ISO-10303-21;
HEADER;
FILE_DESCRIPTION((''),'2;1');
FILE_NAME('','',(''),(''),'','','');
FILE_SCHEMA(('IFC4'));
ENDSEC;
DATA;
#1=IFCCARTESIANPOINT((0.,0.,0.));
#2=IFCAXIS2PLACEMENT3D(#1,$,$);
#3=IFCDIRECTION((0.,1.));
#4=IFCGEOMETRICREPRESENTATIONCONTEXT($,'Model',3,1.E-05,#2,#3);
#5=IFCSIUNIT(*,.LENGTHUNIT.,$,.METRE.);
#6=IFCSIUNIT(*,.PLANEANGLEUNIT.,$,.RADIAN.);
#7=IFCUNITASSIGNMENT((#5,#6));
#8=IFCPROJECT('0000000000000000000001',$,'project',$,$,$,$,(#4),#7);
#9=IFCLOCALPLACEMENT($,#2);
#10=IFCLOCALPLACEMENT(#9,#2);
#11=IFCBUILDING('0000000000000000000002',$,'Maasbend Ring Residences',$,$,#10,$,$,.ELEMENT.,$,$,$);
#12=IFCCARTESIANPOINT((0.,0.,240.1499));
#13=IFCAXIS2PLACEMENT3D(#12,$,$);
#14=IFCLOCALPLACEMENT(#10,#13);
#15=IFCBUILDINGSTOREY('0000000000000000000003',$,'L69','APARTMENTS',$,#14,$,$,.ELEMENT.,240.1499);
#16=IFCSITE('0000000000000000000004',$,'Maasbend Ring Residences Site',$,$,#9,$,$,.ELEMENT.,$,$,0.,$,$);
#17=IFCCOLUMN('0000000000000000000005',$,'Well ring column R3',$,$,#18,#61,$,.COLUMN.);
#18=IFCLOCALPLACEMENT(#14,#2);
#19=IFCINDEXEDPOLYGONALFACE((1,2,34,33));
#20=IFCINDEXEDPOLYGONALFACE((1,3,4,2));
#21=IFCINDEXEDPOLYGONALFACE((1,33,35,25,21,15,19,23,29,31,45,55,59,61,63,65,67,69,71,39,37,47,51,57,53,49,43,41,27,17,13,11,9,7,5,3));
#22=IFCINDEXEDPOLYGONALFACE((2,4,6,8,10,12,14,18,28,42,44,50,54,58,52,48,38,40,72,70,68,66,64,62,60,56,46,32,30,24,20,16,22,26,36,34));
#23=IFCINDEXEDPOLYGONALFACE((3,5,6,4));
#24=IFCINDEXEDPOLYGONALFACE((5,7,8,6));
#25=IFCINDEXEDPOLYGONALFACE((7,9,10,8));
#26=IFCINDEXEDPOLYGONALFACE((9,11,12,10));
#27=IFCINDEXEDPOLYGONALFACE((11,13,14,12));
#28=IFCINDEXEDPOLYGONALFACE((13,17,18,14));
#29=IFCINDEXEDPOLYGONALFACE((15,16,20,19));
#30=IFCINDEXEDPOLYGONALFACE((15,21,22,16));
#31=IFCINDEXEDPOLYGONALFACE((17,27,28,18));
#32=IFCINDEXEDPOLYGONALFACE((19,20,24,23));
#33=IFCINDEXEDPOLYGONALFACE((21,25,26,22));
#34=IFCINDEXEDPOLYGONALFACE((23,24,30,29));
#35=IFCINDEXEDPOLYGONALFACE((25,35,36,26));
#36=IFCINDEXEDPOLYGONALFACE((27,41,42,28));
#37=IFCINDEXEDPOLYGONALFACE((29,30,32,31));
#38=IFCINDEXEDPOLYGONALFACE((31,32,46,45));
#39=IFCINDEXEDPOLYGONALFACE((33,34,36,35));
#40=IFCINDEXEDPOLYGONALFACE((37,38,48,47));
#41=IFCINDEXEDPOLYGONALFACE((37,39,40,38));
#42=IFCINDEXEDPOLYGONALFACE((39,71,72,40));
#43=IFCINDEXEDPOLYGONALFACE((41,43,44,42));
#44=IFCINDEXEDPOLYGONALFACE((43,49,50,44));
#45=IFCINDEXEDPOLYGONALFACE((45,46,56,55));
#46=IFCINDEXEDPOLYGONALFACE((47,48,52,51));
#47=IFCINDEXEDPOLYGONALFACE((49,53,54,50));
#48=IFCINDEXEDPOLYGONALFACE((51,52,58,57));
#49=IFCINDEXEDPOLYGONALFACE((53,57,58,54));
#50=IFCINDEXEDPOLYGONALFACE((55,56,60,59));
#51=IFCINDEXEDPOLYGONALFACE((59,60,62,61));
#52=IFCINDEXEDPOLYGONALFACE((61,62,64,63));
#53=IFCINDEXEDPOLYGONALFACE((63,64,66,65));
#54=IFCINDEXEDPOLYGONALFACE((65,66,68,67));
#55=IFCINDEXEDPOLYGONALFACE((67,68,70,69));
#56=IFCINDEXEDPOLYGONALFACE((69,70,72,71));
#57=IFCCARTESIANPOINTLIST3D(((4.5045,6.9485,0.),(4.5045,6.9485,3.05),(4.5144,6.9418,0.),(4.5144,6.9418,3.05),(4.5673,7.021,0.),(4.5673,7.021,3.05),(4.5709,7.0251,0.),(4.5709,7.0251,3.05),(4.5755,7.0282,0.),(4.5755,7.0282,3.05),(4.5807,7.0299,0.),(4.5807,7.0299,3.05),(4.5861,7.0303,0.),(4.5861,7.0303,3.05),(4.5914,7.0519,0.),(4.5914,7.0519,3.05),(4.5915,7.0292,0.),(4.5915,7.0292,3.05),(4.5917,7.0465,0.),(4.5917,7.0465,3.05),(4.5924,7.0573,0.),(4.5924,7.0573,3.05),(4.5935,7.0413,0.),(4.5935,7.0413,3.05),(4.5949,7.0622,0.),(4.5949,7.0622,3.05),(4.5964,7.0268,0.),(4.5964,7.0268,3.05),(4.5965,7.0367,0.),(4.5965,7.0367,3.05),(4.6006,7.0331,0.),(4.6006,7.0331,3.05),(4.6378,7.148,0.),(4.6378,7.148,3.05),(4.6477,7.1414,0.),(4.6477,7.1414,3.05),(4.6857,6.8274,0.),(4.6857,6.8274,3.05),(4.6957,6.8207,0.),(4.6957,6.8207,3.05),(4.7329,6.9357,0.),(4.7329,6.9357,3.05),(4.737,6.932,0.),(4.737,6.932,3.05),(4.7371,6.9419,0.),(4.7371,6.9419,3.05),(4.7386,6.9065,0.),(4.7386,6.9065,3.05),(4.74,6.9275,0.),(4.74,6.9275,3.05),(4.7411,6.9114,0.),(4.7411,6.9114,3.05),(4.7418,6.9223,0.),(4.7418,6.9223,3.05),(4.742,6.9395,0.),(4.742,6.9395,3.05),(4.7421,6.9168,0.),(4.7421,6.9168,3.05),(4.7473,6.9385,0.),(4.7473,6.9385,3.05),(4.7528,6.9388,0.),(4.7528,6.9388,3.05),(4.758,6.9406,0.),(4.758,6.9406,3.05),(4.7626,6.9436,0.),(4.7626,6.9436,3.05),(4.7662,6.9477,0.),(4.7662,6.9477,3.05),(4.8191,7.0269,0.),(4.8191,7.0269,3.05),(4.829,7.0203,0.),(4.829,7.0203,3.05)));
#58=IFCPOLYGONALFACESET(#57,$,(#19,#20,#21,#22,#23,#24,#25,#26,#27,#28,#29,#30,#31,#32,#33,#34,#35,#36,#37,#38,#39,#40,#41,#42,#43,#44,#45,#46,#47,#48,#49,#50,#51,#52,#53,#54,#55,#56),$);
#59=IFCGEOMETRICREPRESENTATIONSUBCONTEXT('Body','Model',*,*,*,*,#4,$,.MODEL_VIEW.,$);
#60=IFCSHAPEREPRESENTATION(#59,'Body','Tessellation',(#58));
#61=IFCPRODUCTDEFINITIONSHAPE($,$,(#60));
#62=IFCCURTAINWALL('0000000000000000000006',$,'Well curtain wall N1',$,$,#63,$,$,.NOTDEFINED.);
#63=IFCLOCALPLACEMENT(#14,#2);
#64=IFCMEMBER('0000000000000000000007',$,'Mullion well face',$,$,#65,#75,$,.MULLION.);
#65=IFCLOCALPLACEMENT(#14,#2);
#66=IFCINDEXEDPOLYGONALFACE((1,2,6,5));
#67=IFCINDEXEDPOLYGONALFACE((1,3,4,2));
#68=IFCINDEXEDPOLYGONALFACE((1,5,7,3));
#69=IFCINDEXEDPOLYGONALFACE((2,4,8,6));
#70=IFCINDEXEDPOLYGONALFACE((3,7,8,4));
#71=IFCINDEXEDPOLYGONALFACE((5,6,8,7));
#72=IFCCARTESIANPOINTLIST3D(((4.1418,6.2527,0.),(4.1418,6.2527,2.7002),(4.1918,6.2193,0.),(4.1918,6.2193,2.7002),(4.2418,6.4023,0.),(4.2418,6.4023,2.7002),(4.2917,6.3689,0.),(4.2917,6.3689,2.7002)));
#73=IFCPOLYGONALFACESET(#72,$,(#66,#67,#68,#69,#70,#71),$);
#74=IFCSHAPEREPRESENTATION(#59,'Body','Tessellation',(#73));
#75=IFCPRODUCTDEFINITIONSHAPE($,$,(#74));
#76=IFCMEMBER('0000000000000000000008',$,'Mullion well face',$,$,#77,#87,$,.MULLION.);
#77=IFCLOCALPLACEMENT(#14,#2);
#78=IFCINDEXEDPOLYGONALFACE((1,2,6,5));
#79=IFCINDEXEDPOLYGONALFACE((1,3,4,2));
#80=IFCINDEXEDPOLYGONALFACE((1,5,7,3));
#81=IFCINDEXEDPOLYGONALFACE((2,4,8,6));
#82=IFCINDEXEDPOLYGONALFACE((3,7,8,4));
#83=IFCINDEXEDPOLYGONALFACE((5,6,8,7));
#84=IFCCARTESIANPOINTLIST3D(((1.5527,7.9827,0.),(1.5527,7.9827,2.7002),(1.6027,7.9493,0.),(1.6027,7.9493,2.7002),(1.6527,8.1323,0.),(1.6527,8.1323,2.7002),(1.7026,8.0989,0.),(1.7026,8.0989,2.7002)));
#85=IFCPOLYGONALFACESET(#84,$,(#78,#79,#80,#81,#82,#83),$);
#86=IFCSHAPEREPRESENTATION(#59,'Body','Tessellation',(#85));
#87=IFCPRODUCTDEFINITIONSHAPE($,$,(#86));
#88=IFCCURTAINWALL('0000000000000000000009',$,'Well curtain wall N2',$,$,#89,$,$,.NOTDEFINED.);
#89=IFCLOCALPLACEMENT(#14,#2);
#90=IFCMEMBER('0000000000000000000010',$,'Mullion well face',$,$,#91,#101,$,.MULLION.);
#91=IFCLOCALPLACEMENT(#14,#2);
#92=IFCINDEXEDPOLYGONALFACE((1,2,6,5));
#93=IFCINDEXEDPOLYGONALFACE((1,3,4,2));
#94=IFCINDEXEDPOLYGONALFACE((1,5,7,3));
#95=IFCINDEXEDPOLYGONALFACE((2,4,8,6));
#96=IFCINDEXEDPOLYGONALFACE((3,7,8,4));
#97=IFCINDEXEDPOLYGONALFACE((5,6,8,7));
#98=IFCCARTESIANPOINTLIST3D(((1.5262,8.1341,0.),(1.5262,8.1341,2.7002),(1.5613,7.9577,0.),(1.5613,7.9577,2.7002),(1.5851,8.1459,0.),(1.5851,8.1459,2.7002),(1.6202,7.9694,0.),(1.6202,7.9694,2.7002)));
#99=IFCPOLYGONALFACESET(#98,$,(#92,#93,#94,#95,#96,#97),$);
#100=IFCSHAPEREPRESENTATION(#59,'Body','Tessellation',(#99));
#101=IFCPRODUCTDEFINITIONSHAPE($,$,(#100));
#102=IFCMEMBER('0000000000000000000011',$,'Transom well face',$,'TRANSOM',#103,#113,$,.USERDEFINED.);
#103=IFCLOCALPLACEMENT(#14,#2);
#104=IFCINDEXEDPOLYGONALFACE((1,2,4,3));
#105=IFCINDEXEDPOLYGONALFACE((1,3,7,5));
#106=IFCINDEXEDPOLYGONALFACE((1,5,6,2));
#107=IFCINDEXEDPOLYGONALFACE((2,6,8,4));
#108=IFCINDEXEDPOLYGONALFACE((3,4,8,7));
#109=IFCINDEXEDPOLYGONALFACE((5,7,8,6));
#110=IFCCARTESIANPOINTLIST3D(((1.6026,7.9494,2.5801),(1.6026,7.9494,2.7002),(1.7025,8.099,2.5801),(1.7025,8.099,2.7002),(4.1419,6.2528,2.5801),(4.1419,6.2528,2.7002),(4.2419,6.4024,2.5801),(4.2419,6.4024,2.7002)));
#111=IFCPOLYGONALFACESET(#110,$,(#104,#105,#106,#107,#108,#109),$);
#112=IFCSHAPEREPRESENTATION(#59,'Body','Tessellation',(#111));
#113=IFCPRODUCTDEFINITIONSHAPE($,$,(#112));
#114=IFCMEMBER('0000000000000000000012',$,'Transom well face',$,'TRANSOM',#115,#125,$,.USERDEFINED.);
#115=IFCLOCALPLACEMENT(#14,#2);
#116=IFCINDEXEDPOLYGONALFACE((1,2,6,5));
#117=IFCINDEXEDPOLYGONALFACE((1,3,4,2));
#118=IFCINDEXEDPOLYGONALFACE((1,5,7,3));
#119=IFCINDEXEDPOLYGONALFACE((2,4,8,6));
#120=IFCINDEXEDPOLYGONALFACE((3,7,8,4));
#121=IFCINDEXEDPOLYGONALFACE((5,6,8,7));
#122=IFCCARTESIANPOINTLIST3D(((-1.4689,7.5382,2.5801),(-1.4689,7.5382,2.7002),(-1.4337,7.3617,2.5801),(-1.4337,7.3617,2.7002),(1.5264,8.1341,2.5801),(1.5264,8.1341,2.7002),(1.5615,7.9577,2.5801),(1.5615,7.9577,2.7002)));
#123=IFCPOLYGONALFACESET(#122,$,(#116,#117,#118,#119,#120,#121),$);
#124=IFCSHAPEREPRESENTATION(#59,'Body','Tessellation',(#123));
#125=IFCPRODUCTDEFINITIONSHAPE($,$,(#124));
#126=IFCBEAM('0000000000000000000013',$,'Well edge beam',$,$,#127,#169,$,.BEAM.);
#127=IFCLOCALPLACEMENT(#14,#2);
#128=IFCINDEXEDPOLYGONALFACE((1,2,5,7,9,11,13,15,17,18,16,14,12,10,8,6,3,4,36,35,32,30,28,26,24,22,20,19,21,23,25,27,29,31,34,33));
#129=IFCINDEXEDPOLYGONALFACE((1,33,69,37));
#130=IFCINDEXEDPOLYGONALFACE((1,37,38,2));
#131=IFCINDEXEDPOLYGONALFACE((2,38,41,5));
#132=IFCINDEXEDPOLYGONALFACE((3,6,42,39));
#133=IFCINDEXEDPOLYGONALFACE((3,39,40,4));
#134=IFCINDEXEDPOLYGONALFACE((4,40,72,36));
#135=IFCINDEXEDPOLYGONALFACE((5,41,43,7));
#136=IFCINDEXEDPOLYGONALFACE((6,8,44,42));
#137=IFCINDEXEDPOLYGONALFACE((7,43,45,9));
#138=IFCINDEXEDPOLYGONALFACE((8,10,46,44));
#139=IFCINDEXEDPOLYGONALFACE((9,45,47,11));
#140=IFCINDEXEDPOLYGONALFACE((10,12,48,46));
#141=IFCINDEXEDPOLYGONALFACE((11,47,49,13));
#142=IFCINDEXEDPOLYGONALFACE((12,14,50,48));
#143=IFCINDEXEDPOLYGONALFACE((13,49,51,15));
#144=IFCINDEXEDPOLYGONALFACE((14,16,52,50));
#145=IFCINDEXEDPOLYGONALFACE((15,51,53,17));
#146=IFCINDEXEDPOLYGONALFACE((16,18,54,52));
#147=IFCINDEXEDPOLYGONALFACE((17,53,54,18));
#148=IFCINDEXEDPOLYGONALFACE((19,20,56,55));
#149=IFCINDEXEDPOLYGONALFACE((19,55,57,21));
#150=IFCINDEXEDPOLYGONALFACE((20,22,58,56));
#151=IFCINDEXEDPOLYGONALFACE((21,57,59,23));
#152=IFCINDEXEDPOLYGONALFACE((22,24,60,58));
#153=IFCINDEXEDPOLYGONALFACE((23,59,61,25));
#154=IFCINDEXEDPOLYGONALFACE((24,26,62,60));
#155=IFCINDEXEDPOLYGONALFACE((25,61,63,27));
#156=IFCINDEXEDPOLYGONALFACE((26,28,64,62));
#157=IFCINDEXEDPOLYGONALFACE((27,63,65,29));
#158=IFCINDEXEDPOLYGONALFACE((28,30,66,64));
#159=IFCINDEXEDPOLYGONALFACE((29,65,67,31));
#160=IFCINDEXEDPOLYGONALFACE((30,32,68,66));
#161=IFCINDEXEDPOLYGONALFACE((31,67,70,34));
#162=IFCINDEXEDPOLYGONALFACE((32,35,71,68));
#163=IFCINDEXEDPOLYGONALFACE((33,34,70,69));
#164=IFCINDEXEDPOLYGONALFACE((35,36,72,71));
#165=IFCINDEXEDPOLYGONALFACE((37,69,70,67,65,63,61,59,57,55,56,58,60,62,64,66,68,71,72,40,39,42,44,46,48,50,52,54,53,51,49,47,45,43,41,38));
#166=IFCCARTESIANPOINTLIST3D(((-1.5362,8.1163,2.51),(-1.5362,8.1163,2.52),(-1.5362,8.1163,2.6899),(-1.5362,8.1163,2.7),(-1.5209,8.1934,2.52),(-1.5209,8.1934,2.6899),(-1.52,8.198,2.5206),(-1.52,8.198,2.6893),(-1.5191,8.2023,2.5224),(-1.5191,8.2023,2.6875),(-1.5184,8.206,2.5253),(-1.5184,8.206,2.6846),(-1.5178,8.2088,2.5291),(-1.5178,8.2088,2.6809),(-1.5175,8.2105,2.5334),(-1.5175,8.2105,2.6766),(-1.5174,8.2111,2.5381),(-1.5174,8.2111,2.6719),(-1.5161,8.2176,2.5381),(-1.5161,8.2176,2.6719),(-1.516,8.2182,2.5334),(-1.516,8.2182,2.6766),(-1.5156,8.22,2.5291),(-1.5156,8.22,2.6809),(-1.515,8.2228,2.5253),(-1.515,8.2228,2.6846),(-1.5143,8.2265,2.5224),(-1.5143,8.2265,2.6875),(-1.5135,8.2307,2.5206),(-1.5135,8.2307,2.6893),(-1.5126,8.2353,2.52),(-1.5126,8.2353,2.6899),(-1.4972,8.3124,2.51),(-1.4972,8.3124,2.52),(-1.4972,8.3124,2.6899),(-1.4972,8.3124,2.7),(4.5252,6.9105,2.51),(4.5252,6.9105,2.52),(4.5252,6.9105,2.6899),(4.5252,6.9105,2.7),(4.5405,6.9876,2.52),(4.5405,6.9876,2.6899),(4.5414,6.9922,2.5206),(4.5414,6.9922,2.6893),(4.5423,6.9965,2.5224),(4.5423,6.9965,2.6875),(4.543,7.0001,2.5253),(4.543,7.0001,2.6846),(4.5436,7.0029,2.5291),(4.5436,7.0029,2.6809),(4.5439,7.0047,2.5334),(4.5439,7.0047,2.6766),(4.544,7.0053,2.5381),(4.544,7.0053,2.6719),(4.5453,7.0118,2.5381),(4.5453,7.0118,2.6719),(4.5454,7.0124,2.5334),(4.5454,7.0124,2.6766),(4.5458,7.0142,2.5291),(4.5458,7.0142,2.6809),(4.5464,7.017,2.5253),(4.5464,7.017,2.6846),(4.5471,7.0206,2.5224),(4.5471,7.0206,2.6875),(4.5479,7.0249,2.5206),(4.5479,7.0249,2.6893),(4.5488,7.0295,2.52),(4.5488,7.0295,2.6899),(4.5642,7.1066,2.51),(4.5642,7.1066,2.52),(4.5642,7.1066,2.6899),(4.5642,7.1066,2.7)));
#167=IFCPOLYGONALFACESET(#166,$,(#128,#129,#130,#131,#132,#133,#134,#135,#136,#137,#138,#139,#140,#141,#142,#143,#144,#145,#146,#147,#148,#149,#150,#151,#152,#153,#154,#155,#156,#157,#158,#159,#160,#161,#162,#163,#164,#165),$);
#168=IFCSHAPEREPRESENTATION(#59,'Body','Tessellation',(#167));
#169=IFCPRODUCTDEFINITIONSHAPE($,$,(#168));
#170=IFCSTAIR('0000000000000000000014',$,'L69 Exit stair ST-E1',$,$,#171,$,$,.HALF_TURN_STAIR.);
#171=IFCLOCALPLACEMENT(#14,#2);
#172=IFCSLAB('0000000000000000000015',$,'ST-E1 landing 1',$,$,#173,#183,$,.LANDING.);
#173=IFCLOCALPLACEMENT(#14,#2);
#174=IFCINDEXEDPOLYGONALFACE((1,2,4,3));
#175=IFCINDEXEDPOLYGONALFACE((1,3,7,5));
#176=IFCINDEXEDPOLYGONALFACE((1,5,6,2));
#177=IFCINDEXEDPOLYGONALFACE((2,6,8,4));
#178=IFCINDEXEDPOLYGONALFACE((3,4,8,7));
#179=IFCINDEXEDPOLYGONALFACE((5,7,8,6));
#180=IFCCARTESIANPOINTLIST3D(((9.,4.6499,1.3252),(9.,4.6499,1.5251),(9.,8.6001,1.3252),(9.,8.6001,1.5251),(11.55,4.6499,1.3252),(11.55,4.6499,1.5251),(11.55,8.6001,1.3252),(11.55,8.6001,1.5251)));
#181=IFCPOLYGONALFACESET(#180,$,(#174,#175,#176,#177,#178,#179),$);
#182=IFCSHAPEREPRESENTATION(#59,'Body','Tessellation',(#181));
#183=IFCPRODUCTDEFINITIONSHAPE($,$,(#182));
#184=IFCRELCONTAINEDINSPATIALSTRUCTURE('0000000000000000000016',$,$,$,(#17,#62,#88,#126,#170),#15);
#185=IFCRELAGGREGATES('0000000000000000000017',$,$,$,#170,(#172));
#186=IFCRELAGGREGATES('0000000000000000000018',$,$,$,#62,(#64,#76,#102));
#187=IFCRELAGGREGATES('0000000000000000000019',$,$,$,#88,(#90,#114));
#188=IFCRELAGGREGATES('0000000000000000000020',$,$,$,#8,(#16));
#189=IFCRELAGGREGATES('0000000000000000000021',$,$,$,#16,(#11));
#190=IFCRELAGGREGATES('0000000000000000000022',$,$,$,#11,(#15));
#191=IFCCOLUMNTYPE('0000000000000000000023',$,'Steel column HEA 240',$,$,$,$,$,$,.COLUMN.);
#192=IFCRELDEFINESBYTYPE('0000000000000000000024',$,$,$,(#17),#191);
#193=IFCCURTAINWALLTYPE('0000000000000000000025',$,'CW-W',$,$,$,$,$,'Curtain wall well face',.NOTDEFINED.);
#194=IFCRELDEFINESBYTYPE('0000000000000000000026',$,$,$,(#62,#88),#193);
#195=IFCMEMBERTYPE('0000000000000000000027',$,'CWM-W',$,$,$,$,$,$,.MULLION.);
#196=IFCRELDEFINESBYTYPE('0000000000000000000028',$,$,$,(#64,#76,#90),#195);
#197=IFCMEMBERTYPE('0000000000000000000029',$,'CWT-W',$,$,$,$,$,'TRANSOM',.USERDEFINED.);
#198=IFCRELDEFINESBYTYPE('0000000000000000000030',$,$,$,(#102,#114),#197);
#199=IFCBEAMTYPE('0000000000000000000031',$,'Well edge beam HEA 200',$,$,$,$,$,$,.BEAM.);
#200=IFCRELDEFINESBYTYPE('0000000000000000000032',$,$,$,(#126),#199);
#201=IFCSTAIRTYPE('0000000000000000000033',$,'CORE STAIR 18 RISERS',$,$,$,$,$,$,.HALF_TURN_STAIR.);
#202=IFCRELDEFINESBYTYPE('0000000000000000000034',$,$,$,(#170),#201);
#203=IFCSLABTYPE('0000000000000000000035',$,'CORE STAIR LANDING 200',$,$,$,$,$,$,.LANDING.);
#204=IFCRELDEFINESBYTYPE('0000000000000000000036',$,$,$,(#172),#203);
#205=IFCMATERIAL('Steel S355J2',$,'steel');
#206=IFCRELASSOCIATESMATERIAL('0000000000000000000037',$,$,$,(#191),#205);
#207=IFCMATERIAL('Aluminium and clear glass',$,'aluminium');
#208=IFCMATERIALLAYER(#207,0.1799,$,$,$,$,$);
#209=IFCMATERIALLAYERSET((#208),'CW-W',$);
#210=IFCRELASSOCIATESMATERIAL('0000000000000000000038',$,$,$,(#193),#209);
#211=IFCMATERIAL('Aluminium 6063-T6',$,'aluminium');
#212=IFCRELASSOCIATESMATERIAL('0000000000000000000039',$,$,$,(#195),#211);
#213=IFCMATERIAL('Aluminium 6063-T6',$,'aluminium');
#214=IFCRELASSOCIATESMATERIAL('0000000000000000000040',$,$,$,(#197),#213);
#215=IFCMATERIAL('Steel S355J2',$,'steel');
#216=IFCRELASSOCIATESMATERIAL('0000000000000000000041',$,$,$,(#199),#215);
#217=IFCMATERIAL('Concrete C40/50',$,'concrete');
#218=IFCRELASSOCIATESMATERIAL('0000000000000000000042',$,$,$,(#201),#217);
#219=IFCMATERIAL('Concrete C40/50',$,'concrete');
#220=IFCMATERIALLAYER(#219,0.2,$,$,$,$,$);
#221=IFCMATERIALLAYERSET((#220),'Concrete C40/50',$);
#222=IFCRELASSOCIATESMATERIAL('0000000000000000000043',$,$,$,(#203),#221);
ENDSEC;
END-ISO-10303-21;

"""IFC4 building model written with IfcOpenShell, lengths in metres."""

from ifc_helpers import new_model, si_unit, direction, frame, origin, origin_2d, place, context, subcontext, project, spatial, polyline, rectangle, i_section, outline, extrude, material, layer, layer_set, material_profile, profile_set, type_object, element, aggregate, save


model = new_model("IFC4")

# Units and contexts
model_context = context("Model", 3, precision=1e-05, world=origin(), true_north=direction((0.0, 1.0)))
body_context = subcontext(model_context, "Body", "Model", "MODEL_VIEW")
ifc_project = project(units=[si_unit("LENGTHUNIT", "METRE"), si_unit("PLANEANGLEUNIT", "RADIAN")], contexts=[model_context])

# Site, building, storey
site_placement = place(None, origin())
site = spatial("IfcSite", under=ifc_project, at=site_placement, Name="Maasbend Ring Residences Site", CompositionType="ELEMENT", RefElevation=0.0)
building_placement = place(site_placement, origin())
building = spatial("IfcBuilding", under=site, at=building_placement, Name="Maasbend Ring Residences", CompositionType="ELEMENT")
storey_placement = place(building_placement, frame((0.0, 0.0, 240.1499)))
storey = spatial("IfcBuildingStorey", under=building, at=storey_placement, Name="L69", Description="APARTMENTS", CompositionType="ELEMENT", Elevation=240.1499)

# Column
ifc_material_1 = material(Name="Steel S355J2", Category="steel")
ifc_material_profile_1 = material_profile(ifc_material_1, i_section(OverallWidth=0.24, OverallDepth=0.23, WebThickness=0.0076, FlangeThickness=0.012, FilletRadius=0.021, at=origin_2d()), Name="HEA 240")
ifc_profile_set_1 = profile_set([ifc_material_profile_1], Name="Steel S355J2")
column_type = type_object("IfcColumnType", Name="Steel column HEA 240", PredefinedType="COLUMN", material=ifc_profile_set_1)
column_placement = place(storey_placement, frame((4.6667, 6.9844, 0.0), z_axis=(0.0, 0.0, 1.0), x_axis=(0.55557, 0.83147, 0.0)))
element("IfcColumn", 1, at=column_placement, inside=storey, type_object=column_type, Name="Well ring column R3", PredefinedType="COLUMN", context=body_context, shape_type="SweptSolid", body=[
    extrude(i_section(OverallWidth=0.24, OverallDepth=0.23, WebThickness=0.0076, FlangeThickness=0.012, FilletRadius=0.021, at=origin_2d()), origin(), (0.0, 0.0, 1.0), 3.05),
])

# Curtain wall, members
ifc_material_2 = material(Name="Aluminium and clear glass", Category="aluminium")
ifc_layer_1 = layer(ifc_material_2, 0.1799)
ifc_layer_set_1 = layer_set([ifc_layer_1], Name="CW-W")
curtain_wall_type = type_object("IfcCurtainWallType", Name="CW-W", ElementType="Curtain wall well face", PredefinedType="NOTDEFINED", material=ifc_layer_set_1)
curtain_wall_1_placement = place(storey_placement, origin())
curtain_wall_1 = element("IfcCurtainWall", 2, at=curtain_wall_1_placement, inside=storey, type_object=curtain_wall_type, Name="Well curtain wall N1", PredefinedType="NOTDEFINED")
ifc_material_3 = material(Name="Aluminium 6063-T6", Category="aluminium")
ifc_material_profile_2 = material_profile(ifc_material_3, rectangle(XDim=0.1799, YDim=0.0601, at=origin_2d()), Name="AL 180x60")
ifc_profile_set_2 = profile_set([ifc_material_profile_2], Name="Aluminium 6063-T6")
member_type_1 = type_object("IfcMemberType", Name="CWM-W", PredefinedType="MULLION", material=ifc_profile_set_2)
member_1_placement = place(storey_placement, frame((4.2168, 6.3108, 0.0), z_axis=(0.0, 0.0, 1.0), x_axis=(-0.55557, -0.83147, 0.0)))
member_1 = element("IfcMember", 3, at=member_1_placement, type_object=member_type_1, Name="Mullion well face", PredefinedType="MULLION", context=body_context, shape_type="SweptSolid", body=[
    extrude(rectangle(XDim=0.1799, YDim=0.0601, at=origin_2d()), origin(), (0.0, 0.0, 1.0), 2.7002),
])
member_2_placement = place(storey_placement, frame((1.6277, 8.0408, 0.0), z_axis=(0.0, 0.0, 1.0), x_axis=(-0.55557, -0.83147, 0.0)))
member_2 = element("IfcMember", 4, at=member_2_placement, type_object=member_type_1, Name="Mullion well face", PredefinedType="MULLION", context=body_context, shape_type="SweptSolid", body=[
    extrude(rectangle(XDim=0.1799, YDim=0.0601, at=origin_2d()), origin(), (0.0, 0.0, 1.0), 2.7002),
])

# Curtain wall, member
curtain_wall_2_placement = place(storey_placement, origin())
curtain_wall_2 = element("IfcCurtainWall", 5, at=curtain_wall_2_placement, inside=storey, type_object=curtain_wall_type, Name="Well curtain wall N2", PredefinedType="NOTDEFINED")
member_3_placement = place(storey_placement, frame((1.5732, 8.0518, 0.0), z_axis=(0.0, 0.0, 1.0), x_axis=(0.19509, -0.980785, 0.0)))
member_3 = element("IfcMember", 6, at=member_3_placement, type_object=member_type_1, Name="Mullion well face", PredefinedType="MULLION", context=body_context, shape_type="SweptSolid", body=[
    extrude(rectangle(XDim=0.1799, YDim=0.0601, at=origin_2d()), origin(), (0.0, 0.0, 1.0), 2.7002),
])

# Members
ifc_material_4 = material(Name="Aluminium 6063-T6", Category="aluminium")
ifc_material_profile_3 = material_profile(ifc_material_4, rectangle(XDim=0.1799, YDim=0.1201, at=origin_2d()), Name="AL 180x120")
ifc_profile_set_3 = profile_set([ifc_material_profile_3], Name="Aluminium 6063-T6")
member_type_2 = type_object("IfcMemberType", Name="CWT-W", ElementType="TRANSOM", PredefinedType="USERDEFINED", material=ifc_profile_set_3)
member_4_placement = place(storey_placement, frame((4.1919, 6.3276, 2.6401), z_axis=(-0.831496, 0.55553, 0.0), x_axis=(-0.55553, -0.831496, 0.0)))
member_4 = element("IfcMember", 7, at=member_4_placement, type_object=member_type_2, Name="Transom well face", ObjectType="TRANSOM", PredefinedType="USERDEFINED", context=body_context, shape_type="SweptSolid", body=[
    extrude(rectangle(XDim=0.1799, YDim=0.1201, at=origin_2d()), origin(), (0.0, 0.0, 1.0), 3.054),
])
member_5_placement = place(storey_placement, frame((1.5439, 8.0459, 2.6401), z_axis=(-0.980777, -0.195132, 0.0), x_axis=(0.195132, -0.980777, 0.0)))
member_5 = element("IfcMember", 8, at=member_5_placement, type_object=member_type_2, Name="Transom well face", ObjectType="TRANSOM", PredefinedType="USERDEFINED", context=body_context, shape_type="SweptSolid", body=[
    extrude(rectangle(XDim=0.1799, YDim=0.1201, at=origin_2d()), origin(), (0.0, 0.0, 1.0), 3.054),
])

# Beam
ifc_material_5 = material(Name="Steel S355J2", Category="steel")
ifc_material_profile_4 = material_profile(ifc_material_5, i_section(OverallWidth=0.2, OverallDepth=0.1899, WebThickness=0.0066, FlangeThickness=0.01, FilletRadius=0.0181, at=origin_2d()), Name="HEA 200")
ifc_profile_set_4 = profile_set([ifc_material_profile_4], Name="Steel S355J2")
beam_type = type_object("IfcBeamType", Name="Well edge beam HEA 200", PredefinedType="BEAM", material=ifc_profile_set_4)
beam_placement = place(storey_placement, frame((4.5447, 7.0085, 2.605), z_axis=(-0.980781, 0.195113, 0.0), x_axis=(-0.195113, -0.980781, 0.0)))
element("IfcBeam", 9, at=beam_placement, inside=storey, type_object=beam_type, Name="Well edge beam", PredefinedType="BEAM", context=body_context, shape_type="SweptSolid", body=[
    extrude(i_section(OverallWidth=0.2, OverallDepth=0.1899, WebThickness=0.0066, FlangeThickness=0.01, FilletRadius=0.0181, at=origin_2d()), origin(), (0.0, 0.0, 1.0), 6.1802),
])

# Stair, slab
ifc_material_6 = material(Name="Concrete C40/50", Category="concrete")
stair_type = type_object("IfcStairType", Name="CORE STAIR 18 RISERS", PredefinedType="HALF_TURN_STAIR", material=ifc_material_6)
stair_1_placement = place(storey_placement, origin())
stair_1 = element("IfcStair", 10, at=stair_1_placement, inside=storey, type_object=stair_type, Name="L69 Exit stair ST-E1", PredefinedType="HALF_TURN_STAIR")
ifc_material_7 = material(Name="Concrete C40/50", Category="concrete")
ifc_layer_2 = layer(ifc_material_7, 0.2)
ifc_layer_set_2 = layer_set([ifc_layer_2], Name="Concrete C40/50")
slab_type = type_object("IfcSlabType", Name="CORE STAIR LANDING 200", PredefinedType="LANDING", material=ifc_layer_set_2)
slab_1_placement = place(storey_placement, frame((0.0, 0.0, 1.3252)))
slab_1 = element("IfcSlab", 11, at=slab_1_placement, type_object=slab_type, Name="ST-E1 landing 1", PredefinedType="LANDING", context=body_context, shape_type="SweptSolid", body=[
    extrude(outline(polyline([(11.55, 8.6001), (9.0, 8.6001), (9.0, 4.6499), (11.55, 4.6499), (11.55, 8.6001)])), origin(), (0.0, 0.0, 1.0), 0.2),
])
aggregate(stair_1, [slab_1])

aggregate(curtain_wall_1, [member_1, member_2, member_4])
aggregate(curtain_wall_2, [member_3, member_5])

save(model, "model.ifc")
